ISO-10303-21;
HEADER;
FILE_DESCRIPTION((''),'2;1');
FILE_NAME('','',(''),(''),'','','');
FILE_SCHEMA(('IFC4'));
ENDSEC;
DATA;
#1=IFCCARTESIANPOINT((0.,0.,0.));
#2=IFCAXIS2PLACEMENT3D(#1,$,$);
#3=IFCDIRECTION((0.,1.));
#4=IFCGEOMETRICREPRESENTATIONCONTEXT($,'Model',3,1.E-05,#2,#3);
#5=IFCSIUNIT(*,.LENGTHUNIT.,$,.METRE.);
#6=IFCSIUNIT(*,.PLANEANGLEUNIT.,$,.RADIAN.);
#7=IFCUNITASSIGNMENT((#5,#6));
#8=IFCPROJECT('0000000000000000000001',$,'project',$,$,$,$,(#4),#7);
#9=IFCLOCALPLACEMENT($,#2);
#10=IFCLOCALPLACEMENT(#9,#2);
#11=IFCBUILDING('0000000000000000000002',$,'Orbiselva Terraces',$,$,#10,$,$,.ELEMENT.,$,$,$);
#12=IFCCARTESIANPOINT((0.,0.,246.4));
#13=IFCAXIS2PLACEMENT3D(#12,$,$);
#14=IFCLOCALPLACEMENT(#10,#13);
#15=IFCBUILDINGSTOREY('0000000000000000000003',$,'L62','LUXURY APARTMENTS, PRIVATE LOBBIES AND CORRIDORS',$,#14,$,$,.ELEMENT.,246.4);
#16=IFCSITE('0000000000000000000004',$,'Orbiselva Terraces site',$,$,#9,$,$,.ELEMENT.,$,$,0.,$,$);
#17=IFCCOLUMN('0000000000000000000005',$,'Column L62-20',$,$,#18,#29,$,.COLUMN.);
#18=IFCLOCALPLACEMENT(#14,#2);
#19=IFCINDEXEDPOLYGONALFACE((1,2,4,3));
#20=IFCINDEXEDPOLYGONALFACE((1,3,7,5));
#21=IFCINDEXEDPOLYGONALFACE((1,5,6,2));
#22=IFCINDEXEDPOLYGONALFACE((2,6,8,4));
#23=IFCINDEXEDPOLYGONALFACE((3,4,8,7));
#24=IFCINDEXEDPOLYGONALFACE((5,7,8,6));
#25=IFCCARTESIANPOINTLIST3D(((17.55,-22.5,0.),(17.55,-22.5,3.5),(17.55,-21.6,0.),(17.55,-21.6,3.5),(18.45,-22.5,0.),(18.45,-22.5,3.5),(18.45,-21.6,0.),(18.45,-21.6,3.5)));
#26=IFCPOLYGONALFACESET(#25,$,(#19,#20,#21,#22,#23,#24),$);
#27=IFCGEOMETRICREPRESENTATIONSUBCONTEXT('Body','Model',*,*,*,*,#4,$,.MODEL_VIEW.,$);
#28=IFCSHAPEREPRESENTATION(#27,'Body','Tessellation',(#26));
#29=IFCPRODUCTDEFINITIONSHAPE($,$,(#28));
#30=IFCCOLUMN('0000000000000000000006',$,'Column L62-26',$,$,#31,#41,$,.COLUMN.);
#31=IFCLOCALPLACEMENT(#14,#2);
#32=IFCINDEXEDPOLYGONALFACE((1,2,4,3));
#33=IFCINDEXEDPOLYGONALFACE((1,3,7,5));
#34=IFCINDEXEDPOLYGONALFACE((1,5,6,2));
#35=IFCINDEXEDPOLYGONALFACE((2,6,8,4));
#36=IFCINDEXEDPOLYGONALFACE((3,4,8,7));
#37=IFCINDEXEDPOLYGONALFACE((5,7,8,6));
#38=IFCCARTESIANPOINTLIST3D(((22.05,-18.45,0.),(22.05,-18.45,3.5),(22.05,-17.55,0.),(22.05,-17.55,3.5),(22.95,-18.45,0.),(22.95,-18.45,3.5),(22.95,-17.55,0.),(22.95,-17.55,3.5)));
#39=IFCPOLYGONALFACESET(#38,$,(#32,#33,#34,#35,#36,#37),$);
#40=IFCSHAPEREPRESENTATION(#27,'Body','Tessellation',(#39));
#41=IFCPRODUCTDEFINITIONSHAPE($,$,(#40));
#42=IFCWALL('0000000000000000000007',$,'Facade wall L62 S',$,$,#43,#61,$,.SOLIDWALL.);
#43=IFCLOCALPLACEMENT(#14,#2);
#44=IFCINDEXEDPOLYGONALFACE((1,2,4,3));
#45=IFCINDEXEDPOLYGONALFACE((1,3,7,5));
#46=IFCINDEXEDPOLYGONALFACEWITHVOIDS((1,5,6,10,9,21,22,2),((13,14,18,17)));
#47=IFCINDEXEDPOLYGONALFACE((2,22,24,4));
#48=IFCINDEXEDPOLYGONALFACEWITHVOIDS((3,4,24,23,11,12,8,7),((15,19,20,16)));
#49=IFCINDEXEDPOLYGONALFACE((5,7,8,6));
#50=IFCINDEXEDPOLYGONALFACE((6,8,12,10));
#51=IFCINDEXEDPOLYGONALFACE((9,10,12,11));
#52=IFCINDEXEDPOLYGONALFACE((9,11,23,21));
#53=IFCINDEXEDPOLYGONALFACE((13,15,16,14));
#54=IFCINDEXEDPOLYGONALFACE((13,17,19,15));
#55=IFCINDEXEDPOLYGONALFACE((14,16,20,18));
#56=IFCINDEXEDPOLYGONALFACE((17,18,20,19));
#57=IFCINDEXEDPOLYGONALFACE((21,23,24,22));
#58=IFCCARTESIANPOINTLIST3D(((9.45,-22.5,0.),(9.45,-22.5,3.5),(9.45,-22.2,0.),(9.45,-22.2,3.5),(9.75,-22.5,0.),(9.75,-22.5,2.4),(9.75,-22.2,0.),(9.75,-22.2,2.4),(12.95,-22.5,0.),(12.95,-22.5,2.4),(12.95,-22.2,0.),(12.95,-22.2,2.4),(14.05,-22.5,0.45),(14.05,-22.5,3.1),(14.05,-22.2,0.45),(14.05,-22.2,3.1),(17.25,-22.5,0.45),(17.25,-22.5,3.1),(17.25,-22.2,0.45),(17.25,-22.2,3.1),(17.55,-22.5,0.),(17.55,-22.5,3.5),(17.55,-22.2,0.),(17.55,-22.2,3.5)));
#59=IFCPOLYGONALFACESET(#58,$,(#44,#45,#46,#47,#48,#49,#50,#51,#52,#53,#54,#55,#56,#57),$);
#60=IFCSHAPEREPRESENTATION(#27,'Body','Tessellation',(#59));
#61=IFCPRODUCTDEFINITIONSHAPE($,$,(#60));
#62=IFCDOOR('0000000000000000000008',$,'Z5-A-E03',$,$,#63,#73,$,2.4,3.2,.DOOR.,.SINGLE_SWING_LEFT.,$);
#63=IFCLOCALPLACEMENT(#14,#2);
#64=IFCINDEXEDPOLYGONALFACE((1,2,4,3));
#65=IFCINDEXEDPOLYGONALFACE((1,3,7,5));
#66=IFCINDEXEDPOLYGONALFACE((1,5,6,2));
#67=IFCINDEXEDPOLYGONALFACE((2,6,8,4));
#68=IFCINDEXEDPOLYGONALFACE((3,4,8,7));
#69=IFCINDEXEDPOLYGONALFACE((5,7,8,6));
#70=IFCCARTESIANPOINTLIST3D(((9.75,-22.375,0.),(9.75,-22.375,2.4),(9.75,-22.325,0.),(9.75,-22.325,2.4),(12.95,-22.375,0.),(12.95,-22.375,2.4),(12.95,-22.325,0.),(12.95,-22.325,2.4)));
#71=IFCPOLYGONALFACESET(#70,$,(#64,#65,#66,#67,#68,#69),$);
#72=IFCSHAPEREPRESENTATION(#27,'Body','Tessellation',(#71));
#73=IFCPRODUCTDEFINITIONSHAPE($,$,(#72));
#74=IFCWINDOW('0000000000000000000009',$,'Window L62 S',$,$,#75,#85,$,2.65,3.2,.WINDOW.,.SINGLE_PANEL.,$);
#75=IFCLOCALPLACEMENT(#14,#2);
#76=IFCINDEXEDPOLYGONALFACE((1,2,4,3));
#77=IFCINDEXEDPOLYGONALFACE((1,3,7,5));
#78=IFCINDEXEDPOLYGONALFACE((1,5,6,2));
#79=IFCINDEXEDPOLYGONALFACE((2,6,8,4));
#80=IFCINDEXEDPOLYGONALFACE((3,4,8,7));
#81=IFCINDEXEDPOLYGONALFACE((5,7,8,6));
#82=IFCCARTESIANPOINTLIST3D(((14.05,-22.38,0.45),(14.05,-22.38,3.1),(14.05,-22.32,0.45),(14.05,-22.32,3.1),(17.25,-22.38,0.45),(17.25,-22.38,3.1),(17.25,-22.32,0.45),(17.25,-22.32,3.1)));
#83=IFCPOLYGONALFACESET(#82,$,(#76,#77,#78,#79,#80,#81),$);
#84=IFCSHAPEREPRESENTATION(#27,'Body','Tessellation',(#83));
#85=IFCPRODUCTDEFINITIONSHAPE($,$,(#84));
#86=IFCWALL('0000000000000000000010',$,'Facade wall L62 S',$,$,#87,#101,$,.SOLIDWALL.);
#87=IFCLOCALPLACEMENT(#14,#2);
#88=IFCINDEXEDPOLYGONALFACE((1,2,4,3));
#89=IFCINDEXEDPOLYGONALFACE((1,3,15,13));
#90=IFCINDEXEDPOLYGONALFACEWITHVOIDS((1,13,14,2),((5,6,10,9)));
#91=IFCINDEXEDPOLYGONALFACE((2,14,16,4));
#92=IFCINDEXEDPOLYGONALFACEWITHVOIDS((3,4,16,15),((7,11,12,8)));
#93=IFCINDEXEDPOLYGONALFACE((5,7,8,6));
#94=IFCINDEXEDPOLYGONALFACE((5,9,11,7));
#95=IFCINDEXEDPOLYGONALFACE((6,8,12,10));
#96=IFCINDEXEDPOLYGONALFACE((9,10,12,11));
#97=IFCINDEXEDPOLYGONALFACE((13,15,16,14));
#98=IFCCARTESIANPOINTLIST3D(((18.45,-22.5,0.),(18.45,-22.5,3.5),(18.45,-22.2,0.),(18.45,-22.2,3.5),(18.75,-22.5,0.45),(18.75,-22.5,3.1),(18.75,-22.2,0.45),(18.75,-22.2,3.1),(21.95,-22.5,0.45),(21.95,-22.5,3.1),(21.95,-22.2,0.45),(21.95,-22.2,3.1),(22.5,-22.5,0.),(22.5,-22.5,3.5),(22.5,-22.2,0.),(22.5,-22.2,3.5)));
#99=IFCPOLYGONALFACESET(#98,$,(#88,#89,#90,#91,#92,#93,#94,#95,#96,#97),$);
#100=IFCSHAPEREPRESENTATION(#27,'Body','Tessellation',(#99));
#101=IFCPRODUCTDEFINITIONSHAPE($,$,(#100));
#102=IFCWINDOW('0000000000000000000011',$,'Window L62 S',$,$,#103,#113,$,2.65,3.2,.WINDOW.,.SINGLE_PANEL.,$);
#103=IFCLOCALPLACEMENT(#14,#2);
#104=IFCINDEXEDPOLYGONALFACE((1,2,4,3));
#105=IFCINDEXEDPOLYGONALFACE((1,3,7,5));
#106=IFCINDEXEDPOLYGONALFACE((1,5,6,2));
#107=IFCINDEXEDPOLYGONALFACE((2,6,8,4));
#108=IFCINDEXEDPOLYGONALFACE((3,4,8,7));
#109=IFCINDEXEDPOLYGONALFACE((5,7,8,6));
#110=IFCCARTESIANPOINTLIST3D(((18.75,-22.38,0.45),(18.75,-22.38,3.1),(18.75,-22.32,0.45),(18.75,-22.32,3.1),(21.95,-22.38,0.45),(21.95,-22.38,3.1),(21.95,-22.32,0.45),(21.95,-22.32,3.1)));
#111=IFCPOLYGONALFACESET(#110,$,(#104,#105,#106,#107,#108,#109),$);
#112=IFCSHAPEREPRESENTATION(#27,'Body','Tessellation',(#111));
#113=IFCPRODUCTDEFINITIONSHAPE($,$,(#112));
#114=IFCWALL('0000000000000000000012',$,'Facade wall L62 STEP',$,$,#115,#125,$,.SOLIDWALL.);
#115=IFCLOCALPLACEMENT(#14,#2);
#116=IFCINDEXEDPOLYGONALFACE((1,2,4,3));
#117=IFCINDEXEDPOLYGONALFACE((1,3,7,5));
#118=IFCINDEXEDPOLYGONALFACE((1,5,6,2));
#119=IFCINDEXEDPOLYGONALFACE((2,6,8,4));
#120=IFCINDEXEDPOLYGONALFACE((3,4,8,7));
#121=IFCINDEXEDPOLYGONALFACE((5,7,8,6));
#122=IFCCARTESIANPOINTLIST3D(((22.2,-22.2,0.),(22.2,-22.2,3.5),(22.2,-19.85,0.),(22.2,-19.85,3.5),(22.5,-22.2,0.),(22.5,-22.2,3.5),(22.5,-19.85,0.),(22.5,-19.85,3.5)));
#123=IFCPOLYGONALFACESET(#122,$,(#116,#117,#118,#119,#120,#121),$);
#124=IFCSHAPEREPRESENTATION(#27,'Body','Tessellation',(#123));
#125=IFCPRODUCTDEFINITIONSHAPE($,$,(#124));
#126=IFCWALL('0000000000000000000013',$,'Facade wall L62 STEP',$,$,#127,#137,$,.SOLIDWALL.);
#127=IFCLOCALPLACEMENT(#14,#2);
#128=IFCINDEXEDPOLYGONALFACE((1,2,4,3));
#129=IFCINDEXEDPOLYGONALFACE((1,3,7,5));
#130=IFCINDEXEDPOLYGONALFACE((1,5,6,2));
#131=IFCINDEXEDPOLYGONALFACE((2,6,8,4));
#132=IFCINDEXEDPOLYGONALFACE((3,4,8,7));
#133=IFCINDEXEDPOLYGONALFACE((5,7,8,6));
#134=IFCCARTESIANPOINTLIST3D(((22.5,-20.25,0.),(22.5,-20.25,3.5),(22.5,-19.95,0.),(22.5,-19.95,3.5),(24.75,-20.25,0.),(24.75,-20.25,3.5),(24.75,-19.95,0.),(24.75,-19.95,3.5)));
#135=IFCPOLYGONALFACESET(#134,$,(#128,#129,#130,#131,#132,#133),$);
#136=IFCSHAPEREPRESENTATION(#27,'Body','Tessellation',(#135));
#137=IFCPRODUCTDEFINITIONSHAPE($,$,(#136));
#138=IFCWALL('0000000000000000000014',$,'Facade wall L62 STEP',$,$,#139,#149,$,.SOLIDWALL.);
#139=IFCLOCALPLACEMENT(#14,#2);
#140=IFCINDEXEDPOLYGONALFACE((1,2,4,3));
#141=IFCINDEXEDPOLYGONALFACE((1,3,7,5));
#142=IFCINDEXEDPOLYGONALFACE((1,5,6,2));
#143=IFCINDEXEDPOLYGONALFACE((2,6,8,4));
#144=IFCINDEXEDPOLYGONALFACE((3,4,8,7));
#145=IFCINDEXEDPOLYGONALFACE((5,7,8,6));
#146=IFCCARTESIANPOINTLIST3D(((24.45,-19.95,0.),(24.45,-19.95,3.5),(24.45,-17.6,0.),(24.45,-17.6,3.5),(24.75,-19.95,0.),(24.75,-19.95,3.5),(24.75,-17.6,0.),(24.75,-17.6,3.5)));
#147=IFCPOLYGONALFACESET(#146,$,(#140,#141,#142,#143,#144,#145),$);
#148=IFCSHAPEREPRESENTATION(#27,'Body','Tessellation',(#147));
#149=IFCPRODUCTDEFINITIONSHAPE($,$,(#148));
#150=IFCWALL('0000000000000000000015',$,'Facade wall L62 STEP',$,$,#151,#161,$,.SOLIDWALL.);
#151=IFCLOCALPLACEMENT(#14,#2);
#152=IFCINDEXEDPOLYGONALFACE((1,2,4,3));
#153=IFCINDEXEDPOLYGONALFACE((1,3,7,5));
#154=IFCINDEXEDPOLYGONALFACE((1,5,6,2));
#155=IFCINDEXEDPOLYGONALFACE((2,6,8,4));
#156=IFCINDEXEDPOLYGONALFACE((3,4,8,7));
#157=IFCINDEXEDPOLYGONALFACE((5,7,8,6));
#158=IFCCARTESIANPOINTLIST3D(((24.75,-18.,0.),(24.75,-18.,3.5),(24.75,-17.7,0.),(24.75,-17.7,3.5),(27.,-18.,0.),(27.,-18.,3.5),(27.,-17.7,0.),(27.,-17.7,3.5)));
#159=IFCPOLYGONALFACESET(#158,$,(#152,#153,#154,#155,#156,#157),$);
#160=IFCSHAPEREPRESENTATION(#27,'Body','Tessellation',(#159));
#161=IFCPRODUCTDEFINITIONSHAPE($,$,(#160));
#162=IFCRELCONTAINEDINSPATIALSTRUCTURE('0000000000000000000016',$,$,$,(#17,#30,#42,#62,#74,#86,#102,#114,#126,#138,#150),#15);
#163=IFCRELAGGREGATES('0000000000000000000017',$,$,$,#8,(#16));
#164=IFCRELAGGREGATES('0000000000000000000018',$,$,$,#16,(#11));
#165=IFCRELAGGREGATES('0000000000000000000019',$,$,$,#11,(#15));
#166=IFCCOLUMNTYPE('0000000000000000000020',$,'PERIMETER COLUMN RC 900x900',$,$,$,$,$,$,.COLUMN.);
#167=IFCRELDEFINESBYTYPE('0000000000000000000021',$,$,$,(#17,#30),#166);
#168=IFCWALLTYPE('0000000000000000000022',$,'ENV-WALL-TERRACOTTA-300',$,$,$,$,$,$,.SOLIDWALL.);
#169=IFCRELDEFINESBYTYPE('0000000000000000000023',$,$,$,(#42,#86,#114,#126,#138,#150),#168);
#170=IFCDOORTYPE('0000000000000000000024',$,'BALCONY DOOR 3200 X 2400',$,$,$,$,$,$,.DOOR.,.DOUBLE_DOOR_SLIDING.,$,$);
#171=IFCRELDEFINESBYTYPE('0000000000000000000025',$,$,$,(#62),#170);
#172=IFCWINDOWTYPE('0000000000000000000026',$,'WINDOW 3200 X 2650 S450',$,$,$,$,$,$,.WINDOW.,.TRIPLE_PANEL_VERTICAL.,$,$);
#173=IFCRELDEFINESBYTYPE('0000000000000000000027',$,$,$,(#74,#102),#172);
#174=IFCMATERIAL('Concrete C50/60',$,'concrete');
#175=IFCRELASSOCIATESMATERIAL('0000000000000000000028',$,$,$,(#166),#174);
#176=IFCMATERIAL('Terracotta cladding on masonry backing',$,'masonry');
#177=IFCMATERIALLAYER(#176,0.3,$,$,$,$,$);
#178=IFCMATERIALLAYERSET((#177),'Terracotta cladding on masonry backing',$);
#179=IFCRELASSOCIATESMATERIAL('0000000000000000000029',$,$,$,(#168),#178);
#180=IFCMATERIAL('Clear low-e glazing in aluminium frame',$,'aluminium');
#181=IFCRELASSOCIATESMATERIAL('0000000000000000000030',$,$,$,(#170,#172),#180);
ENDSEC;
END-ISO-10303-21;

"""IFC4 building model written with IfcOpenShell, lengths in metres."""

from ifc_helpers import new_model, si_unit, direction, frame, frame_2d, origin, origin_2d, place, context, subcontext, project, spatial, rectangle, extrude, material, layer, layer_set, material_profile, profile_set, type_object, element, fill, save


model = new_model("IFC4")

# Units and contexts
model_context = context("Model", 3, precision=1e-05, world=origin(), true_north=direction((0.0, 1.0)))
body_context = subcontext(model_context, "Body", "Model", "MODEL_VIEW")
ifc_project = project(units=[si_unit("LENGTHUNIT", "METRE"), si_unit("PLANEANGLEUNIT", "RADIAN")], contexts=[model_context])

# Site, building, storey
site_placement = place(None, origin())
site = spatial("IfcSite", under=ifc_project, at=site_placement, Name="Orbiselva Terraces site", CompositionType="ELEMENT", RefElevation=0.0)
building_placement = place(site_placement, origin())
building = spatial("IfcBuilding", under=site, at=building_placement, Name="Orbiselva Terraces", CompositionType="ELEMENT")
storey_placement = place(building_placement, frame((0.0, 0.0, 246.4)))
storey = spatial("IfcBuildingStorey", under=building, at=storey_placement, Name="L62", Description="LUXURY APARTMENTS, PRIVATE LOBBIES AND CORRIDORS", CompositionType="ELEMENT", Elevation=246.4)

# Columns
ifc_material_1 = material(Name="Concrete C50/60", Category="concrete")
ifc_material_profile = material_profile(ifc_material_1, rectangle(XDim=0.9, YDim=0.9, at=origin_2d()), Name="RC 900x900")
ifc_profile_set = profile_set([ifc_material_profile], Name="Concrete C50/60")
column_type = type_object("IfcColumnType", Name="PERIMETER COLUMN RC 900x900", PredefinedType="COLUMN", material=ifc_profile_set)
for number, where, z_axis, x_axis, name in (
    (1, (18.0, -22.05, 0.0), (0.0, 0.0, 1.0), (1.0, 0.0, 0.0), "Column L62-20"),
    (2, (22.5, -18.0, 0.0), (0.0, 0.0, 1.0), (1.0, 0.0, 0.0), "Column L62-26"),
):
    element("IfcColumn", number, at=place(storey_placement, frame(where, z_axis=z_axis, x_axis=x_axis)), inside=storey, type_object=column_type, Name=name, PredefinedType="COLUMN", context=body_context, shape_type="SweptSolid", body=[
        extrude(rectangle(XDim=0.9, YDim=0.9, at=origin_2d()), origin(), (0.0, 0.0, 1.0), 3.5),
    ])

# Wall, openings, door, window
ifc_material_2 = material(Name="Terracotta cladding on masonry backing", Category="masonry")
ifc_layer_1 = layer(ifc_material_2, 0.3)
ifc_layer_set_1 = layer_set([ifc_layer_1], Name="Terracotta cladding on masonry backing")
wall_type_1 = type_object("IfcWallType", Name="ENV-WALL-TERRACOTTA-300", PredefinedType="SOLIDWALL", material=ifc_layer_set_1)
wall_1_placement = place(storey_placement, frame((17.55, -22.35, 0.0), z_axis=(0.0, 0.0, 1.0), x_axis=(-1.0, 0.0, 0.0)))
wall_1 = element("IfcWall", 3, at=wall_1_placement, inside=storey, type_object=wall_type_1, Name="Facade wall L62 S", PredefinedType="SOLIDWALL", context=body_context, shape_type="SweptSolid", body=[
    extrude(rectangle(XDim=8.1, YDim=0.3, at=frame_2d((4.05, 0.0))), origin(), (0.0, 0.0, 1.0), 3.5),
])
opening_1_placement = place(wall_1_placement, frame((4.6, 0.0, 0.0)))
opening_1 = element("IfcOpeningElement", 4, at=opening_1_placement, cuts=wall_1, PredefinedType="OPENING", context=body_context, shape_type="SweptSolid", body=[
    extrude(rectangle(XDim=3.2, YDim=2.4, at=frame_2d((1.6, 1.2))), frame((0.0, 0.16, 0.0), z_axis=(0.0, -1.0, 0.0), x_axis=(1.0, 0.0, 0.0)), (0.0, 0.0, 1.0), 0.32),
])
opening_2_placement = place(wall_1_placement, frame((0.3, 0.0, 0.45)))
opening_2 = element("IfcOpeningElement", 5, at=opening_2_placement, cuts=wall_1, PredefinedType="OPENING", context=body_context, shape_type="SweptSolid", body=[
    extrude(rectangle(XDim=3.2, YDim=2.65, at=frame_2d((1.6, 1.325))), frame((0.0, 0.16, 0.0), z_axis=(0.0, -1.0, 0.0), x_axis=(1.0, 0.0, 0.0)), (0.0, 0.0, 1.0), 0.32),
])
ifc_material_3 = material(Name="Clear low-e glazing in aluminium frame", Category="aluminium")
door_type_1 = type_object("IfcDoorType", Name="BALCONY DOOR 3200 X 2400", OperationType="DOUBLE_DOOR_SLIDING", PredefinedType="DOOR", material=ifc_material_3)
door_1_placement = place(opening_1_placement, origin())
door_1 = element("IfcDoor", 6, at=door_1_placement, inside=storey, type_object=door_type_1, Name="Z5-A-E03", OperationType="SINGLE_SWING_LEFT", OverallHeight=2.4, OverallWidth=3.2, PredefinedType="DOOR", context=body_context, shape_type="SweptSolid", body=[
    extrude(rectangle(XDim=3.2, YDim=2.4, at=frame_2d((1.6, 1.2))), frame((0.0, 0.025, 0.0), z_axis=(0.0, -1.0, 0.0), x_axis=(1.0, 0.0, 0.0)), (0.0, 0.0, 1.0), 0.05),
])
fill(opening_1, door_1)
window_type = type_object("IfcWindowType", Name="WINDOW 3200 X 2650 S450", PartitioningType="TRIPLE_PANEL_VERTICAL", PredefinedType="WINDOW", material=ifc_material_3)
window_1_placement = place(opening_2_placement, origin())
window_1 = element("IfcWindow", 7, at=window_1_placement, inside=storey, type_object=window_type, Name="Window L62 S", OverallHeight=2.65, OverallWidth=3.2, PartitioningType="SINGLE_PANEL", PredefinedType="WINDOW", context=body_context, shape_type="SweptSolid", body=[
    extrude(rectangle(XDim=3.2, YDim=2.65, at=frame_2d((1.6, 1.325))), frame((0.0, 0.03, 0.0), z_axis=(0.0, -1.0, 0.0), x_axis=(1.0, 0.0, 0.0)), (0.0, 0.0, 1.0), 0.06),
])
fill(opening_2, window_1)

# Wall, opening, window
wall_2_placement = place(storey_placement, frame((22.5, -22.35, 0.0), z_axis=(0.0, 0.0, 1.0), x_axis=(-1.0, 0.0, 0.0)))
wall_2 = element("IfcWall", 8, at=wall_2_placement, inside=storey, type_object=wall_type_1, Name="Facade wall L62 S", PredefinedType="SOLIDWALL", context=body_context, shape_type="SweptSolid", body=[
    extrude(rectangle(XDim=4.05, YDim=0.3, at=frame_2d((2.025, 0.0))), origin(), (0.0, 0.0, 1.0), 3.5),
])
opening_3_placement = place(wall_2_placement, frame((0.55, 0.0, 0.45)))
opening_3 = element("IfcOpeningElement", 9, at=opening_3_placement, cuts=wall_2, PredefinedType="OPENING", context=body_context, shape_type="SweptSolid", body=[
    extrude(rectangle(XDim=3.2, YDim=2.65, at=frame_2d((1.6, 1.325))), frame((0.0, 0.16, 0.0), z_axis=(0.0, -1.0, 0.0), x_axis=(1.0, 0.0, 0.0)), (0.0, 0.0, 1.0), 0.32),
])
window_2_placement = place(opening_3_placement, origin())
window_2 = element("IfcWindow", 10, at=window_2_placement, inside=storey, type_object=window_type, Name="Window L62 S", OverallHeight=2.65, OverallWidth=3.2, PartitioningType="SINGLE_PANEL", PredefinedType="WINDOW", context=body_context, shape_type="SweptSolid", body=[
    extrude(rectangle(XDim=3.2, YDim=2.65, at=frame_2d((1.6, 1.325))), frame((0.0, 0.03, 0.0), z_axis=(0.0, -1.0, 0.0), x_axis=(1.0, 0.0, 0.0)), (0.0, 0.0, 1.0), 0.06),
])
fill(opening_3, window_2)

# Walls
wall_3_placement = place(storey_placement, frame((22.35, -19.85, 0.0), z_axis=(0.0, 0.0, 1.0), x_axis=(0.0, -1.0, 0.0)))
element("IfcWall", 11, at=wall_3_placement, inside=storey, type_object=wall_type_1, Name="Facade wall L62 STEP", PredefinedType="SOLIDWALL", context=body_context, shape_type="SweptSolid", body=[
    extrude(rectangle(XDim=2.35, YDim=0.3, at=frame_2d((1.175, 0.0))), origin(), (0.0, 0.0, 1.0), 3.5),
])
wall_4_placement = place(storey_placement, frame((24.75, -20.1, 0.0), z_axis=(0.0, 0.0, 1.0), x_axis=(-1.0, 0.0, 0.0)))
element("IfcWall", 12, at=wall_4_placement, inside=storey, type_object=wall_type_1, Name="Facade wall L62 STEP", PredefinedType="SOLIDWALL", context=body_context, shape_type="SweptSolid", body=[
    extrude(rectangle(XDim=2.25, YDim=0.3, at=frame_2d((1.125, 0.0))), origin(), (0.0, 0.0, 1.0), 3.5),
])
wall_5_placement = place(storey_placement, frame((24.6, -17.6, 0.0), z_axis=(0.0, 0.0, 1.0), x_axis=(0.0, -1.0, 0.0)))
element("IfcWall", 13, at=wall_5_placement, inside=storey, type_object=wall_type_1, Name="Facade wall L62 STEP", PredefinedType="SOLIDWALL", context=body_context, shape_type="SweptSolid", body=[
    extrude(rectangle(XDim=2.35, YDim=0.3, at=frame_2d((1.175, 0.0))), origin(), (0.0, 0.0, 1.0), 3.5),
])
wall_6_placement = place(storey_placement, frame((27.0, -17.85, 0.0), z_axis=(0.0, 0.0, 1.0), x_axis=(-1.0, 0.0, 0.0)))
element("IfcWall", 14, at=wall_6_placement, inside=storey, type_object=wall_type_1, Name="Facade wall L62 STEP", PredefinedType="SOLIDWALL", context=body_context, shape_type="SweptSolid", body=[
    extrude(rectangle(XDim=2.25, YDim=0.3, at=frame_2d((1.125, 0.0))), origin(), (0.0, 0.0, 1.0), 3.5),
])

save(model, "model.ifc")
